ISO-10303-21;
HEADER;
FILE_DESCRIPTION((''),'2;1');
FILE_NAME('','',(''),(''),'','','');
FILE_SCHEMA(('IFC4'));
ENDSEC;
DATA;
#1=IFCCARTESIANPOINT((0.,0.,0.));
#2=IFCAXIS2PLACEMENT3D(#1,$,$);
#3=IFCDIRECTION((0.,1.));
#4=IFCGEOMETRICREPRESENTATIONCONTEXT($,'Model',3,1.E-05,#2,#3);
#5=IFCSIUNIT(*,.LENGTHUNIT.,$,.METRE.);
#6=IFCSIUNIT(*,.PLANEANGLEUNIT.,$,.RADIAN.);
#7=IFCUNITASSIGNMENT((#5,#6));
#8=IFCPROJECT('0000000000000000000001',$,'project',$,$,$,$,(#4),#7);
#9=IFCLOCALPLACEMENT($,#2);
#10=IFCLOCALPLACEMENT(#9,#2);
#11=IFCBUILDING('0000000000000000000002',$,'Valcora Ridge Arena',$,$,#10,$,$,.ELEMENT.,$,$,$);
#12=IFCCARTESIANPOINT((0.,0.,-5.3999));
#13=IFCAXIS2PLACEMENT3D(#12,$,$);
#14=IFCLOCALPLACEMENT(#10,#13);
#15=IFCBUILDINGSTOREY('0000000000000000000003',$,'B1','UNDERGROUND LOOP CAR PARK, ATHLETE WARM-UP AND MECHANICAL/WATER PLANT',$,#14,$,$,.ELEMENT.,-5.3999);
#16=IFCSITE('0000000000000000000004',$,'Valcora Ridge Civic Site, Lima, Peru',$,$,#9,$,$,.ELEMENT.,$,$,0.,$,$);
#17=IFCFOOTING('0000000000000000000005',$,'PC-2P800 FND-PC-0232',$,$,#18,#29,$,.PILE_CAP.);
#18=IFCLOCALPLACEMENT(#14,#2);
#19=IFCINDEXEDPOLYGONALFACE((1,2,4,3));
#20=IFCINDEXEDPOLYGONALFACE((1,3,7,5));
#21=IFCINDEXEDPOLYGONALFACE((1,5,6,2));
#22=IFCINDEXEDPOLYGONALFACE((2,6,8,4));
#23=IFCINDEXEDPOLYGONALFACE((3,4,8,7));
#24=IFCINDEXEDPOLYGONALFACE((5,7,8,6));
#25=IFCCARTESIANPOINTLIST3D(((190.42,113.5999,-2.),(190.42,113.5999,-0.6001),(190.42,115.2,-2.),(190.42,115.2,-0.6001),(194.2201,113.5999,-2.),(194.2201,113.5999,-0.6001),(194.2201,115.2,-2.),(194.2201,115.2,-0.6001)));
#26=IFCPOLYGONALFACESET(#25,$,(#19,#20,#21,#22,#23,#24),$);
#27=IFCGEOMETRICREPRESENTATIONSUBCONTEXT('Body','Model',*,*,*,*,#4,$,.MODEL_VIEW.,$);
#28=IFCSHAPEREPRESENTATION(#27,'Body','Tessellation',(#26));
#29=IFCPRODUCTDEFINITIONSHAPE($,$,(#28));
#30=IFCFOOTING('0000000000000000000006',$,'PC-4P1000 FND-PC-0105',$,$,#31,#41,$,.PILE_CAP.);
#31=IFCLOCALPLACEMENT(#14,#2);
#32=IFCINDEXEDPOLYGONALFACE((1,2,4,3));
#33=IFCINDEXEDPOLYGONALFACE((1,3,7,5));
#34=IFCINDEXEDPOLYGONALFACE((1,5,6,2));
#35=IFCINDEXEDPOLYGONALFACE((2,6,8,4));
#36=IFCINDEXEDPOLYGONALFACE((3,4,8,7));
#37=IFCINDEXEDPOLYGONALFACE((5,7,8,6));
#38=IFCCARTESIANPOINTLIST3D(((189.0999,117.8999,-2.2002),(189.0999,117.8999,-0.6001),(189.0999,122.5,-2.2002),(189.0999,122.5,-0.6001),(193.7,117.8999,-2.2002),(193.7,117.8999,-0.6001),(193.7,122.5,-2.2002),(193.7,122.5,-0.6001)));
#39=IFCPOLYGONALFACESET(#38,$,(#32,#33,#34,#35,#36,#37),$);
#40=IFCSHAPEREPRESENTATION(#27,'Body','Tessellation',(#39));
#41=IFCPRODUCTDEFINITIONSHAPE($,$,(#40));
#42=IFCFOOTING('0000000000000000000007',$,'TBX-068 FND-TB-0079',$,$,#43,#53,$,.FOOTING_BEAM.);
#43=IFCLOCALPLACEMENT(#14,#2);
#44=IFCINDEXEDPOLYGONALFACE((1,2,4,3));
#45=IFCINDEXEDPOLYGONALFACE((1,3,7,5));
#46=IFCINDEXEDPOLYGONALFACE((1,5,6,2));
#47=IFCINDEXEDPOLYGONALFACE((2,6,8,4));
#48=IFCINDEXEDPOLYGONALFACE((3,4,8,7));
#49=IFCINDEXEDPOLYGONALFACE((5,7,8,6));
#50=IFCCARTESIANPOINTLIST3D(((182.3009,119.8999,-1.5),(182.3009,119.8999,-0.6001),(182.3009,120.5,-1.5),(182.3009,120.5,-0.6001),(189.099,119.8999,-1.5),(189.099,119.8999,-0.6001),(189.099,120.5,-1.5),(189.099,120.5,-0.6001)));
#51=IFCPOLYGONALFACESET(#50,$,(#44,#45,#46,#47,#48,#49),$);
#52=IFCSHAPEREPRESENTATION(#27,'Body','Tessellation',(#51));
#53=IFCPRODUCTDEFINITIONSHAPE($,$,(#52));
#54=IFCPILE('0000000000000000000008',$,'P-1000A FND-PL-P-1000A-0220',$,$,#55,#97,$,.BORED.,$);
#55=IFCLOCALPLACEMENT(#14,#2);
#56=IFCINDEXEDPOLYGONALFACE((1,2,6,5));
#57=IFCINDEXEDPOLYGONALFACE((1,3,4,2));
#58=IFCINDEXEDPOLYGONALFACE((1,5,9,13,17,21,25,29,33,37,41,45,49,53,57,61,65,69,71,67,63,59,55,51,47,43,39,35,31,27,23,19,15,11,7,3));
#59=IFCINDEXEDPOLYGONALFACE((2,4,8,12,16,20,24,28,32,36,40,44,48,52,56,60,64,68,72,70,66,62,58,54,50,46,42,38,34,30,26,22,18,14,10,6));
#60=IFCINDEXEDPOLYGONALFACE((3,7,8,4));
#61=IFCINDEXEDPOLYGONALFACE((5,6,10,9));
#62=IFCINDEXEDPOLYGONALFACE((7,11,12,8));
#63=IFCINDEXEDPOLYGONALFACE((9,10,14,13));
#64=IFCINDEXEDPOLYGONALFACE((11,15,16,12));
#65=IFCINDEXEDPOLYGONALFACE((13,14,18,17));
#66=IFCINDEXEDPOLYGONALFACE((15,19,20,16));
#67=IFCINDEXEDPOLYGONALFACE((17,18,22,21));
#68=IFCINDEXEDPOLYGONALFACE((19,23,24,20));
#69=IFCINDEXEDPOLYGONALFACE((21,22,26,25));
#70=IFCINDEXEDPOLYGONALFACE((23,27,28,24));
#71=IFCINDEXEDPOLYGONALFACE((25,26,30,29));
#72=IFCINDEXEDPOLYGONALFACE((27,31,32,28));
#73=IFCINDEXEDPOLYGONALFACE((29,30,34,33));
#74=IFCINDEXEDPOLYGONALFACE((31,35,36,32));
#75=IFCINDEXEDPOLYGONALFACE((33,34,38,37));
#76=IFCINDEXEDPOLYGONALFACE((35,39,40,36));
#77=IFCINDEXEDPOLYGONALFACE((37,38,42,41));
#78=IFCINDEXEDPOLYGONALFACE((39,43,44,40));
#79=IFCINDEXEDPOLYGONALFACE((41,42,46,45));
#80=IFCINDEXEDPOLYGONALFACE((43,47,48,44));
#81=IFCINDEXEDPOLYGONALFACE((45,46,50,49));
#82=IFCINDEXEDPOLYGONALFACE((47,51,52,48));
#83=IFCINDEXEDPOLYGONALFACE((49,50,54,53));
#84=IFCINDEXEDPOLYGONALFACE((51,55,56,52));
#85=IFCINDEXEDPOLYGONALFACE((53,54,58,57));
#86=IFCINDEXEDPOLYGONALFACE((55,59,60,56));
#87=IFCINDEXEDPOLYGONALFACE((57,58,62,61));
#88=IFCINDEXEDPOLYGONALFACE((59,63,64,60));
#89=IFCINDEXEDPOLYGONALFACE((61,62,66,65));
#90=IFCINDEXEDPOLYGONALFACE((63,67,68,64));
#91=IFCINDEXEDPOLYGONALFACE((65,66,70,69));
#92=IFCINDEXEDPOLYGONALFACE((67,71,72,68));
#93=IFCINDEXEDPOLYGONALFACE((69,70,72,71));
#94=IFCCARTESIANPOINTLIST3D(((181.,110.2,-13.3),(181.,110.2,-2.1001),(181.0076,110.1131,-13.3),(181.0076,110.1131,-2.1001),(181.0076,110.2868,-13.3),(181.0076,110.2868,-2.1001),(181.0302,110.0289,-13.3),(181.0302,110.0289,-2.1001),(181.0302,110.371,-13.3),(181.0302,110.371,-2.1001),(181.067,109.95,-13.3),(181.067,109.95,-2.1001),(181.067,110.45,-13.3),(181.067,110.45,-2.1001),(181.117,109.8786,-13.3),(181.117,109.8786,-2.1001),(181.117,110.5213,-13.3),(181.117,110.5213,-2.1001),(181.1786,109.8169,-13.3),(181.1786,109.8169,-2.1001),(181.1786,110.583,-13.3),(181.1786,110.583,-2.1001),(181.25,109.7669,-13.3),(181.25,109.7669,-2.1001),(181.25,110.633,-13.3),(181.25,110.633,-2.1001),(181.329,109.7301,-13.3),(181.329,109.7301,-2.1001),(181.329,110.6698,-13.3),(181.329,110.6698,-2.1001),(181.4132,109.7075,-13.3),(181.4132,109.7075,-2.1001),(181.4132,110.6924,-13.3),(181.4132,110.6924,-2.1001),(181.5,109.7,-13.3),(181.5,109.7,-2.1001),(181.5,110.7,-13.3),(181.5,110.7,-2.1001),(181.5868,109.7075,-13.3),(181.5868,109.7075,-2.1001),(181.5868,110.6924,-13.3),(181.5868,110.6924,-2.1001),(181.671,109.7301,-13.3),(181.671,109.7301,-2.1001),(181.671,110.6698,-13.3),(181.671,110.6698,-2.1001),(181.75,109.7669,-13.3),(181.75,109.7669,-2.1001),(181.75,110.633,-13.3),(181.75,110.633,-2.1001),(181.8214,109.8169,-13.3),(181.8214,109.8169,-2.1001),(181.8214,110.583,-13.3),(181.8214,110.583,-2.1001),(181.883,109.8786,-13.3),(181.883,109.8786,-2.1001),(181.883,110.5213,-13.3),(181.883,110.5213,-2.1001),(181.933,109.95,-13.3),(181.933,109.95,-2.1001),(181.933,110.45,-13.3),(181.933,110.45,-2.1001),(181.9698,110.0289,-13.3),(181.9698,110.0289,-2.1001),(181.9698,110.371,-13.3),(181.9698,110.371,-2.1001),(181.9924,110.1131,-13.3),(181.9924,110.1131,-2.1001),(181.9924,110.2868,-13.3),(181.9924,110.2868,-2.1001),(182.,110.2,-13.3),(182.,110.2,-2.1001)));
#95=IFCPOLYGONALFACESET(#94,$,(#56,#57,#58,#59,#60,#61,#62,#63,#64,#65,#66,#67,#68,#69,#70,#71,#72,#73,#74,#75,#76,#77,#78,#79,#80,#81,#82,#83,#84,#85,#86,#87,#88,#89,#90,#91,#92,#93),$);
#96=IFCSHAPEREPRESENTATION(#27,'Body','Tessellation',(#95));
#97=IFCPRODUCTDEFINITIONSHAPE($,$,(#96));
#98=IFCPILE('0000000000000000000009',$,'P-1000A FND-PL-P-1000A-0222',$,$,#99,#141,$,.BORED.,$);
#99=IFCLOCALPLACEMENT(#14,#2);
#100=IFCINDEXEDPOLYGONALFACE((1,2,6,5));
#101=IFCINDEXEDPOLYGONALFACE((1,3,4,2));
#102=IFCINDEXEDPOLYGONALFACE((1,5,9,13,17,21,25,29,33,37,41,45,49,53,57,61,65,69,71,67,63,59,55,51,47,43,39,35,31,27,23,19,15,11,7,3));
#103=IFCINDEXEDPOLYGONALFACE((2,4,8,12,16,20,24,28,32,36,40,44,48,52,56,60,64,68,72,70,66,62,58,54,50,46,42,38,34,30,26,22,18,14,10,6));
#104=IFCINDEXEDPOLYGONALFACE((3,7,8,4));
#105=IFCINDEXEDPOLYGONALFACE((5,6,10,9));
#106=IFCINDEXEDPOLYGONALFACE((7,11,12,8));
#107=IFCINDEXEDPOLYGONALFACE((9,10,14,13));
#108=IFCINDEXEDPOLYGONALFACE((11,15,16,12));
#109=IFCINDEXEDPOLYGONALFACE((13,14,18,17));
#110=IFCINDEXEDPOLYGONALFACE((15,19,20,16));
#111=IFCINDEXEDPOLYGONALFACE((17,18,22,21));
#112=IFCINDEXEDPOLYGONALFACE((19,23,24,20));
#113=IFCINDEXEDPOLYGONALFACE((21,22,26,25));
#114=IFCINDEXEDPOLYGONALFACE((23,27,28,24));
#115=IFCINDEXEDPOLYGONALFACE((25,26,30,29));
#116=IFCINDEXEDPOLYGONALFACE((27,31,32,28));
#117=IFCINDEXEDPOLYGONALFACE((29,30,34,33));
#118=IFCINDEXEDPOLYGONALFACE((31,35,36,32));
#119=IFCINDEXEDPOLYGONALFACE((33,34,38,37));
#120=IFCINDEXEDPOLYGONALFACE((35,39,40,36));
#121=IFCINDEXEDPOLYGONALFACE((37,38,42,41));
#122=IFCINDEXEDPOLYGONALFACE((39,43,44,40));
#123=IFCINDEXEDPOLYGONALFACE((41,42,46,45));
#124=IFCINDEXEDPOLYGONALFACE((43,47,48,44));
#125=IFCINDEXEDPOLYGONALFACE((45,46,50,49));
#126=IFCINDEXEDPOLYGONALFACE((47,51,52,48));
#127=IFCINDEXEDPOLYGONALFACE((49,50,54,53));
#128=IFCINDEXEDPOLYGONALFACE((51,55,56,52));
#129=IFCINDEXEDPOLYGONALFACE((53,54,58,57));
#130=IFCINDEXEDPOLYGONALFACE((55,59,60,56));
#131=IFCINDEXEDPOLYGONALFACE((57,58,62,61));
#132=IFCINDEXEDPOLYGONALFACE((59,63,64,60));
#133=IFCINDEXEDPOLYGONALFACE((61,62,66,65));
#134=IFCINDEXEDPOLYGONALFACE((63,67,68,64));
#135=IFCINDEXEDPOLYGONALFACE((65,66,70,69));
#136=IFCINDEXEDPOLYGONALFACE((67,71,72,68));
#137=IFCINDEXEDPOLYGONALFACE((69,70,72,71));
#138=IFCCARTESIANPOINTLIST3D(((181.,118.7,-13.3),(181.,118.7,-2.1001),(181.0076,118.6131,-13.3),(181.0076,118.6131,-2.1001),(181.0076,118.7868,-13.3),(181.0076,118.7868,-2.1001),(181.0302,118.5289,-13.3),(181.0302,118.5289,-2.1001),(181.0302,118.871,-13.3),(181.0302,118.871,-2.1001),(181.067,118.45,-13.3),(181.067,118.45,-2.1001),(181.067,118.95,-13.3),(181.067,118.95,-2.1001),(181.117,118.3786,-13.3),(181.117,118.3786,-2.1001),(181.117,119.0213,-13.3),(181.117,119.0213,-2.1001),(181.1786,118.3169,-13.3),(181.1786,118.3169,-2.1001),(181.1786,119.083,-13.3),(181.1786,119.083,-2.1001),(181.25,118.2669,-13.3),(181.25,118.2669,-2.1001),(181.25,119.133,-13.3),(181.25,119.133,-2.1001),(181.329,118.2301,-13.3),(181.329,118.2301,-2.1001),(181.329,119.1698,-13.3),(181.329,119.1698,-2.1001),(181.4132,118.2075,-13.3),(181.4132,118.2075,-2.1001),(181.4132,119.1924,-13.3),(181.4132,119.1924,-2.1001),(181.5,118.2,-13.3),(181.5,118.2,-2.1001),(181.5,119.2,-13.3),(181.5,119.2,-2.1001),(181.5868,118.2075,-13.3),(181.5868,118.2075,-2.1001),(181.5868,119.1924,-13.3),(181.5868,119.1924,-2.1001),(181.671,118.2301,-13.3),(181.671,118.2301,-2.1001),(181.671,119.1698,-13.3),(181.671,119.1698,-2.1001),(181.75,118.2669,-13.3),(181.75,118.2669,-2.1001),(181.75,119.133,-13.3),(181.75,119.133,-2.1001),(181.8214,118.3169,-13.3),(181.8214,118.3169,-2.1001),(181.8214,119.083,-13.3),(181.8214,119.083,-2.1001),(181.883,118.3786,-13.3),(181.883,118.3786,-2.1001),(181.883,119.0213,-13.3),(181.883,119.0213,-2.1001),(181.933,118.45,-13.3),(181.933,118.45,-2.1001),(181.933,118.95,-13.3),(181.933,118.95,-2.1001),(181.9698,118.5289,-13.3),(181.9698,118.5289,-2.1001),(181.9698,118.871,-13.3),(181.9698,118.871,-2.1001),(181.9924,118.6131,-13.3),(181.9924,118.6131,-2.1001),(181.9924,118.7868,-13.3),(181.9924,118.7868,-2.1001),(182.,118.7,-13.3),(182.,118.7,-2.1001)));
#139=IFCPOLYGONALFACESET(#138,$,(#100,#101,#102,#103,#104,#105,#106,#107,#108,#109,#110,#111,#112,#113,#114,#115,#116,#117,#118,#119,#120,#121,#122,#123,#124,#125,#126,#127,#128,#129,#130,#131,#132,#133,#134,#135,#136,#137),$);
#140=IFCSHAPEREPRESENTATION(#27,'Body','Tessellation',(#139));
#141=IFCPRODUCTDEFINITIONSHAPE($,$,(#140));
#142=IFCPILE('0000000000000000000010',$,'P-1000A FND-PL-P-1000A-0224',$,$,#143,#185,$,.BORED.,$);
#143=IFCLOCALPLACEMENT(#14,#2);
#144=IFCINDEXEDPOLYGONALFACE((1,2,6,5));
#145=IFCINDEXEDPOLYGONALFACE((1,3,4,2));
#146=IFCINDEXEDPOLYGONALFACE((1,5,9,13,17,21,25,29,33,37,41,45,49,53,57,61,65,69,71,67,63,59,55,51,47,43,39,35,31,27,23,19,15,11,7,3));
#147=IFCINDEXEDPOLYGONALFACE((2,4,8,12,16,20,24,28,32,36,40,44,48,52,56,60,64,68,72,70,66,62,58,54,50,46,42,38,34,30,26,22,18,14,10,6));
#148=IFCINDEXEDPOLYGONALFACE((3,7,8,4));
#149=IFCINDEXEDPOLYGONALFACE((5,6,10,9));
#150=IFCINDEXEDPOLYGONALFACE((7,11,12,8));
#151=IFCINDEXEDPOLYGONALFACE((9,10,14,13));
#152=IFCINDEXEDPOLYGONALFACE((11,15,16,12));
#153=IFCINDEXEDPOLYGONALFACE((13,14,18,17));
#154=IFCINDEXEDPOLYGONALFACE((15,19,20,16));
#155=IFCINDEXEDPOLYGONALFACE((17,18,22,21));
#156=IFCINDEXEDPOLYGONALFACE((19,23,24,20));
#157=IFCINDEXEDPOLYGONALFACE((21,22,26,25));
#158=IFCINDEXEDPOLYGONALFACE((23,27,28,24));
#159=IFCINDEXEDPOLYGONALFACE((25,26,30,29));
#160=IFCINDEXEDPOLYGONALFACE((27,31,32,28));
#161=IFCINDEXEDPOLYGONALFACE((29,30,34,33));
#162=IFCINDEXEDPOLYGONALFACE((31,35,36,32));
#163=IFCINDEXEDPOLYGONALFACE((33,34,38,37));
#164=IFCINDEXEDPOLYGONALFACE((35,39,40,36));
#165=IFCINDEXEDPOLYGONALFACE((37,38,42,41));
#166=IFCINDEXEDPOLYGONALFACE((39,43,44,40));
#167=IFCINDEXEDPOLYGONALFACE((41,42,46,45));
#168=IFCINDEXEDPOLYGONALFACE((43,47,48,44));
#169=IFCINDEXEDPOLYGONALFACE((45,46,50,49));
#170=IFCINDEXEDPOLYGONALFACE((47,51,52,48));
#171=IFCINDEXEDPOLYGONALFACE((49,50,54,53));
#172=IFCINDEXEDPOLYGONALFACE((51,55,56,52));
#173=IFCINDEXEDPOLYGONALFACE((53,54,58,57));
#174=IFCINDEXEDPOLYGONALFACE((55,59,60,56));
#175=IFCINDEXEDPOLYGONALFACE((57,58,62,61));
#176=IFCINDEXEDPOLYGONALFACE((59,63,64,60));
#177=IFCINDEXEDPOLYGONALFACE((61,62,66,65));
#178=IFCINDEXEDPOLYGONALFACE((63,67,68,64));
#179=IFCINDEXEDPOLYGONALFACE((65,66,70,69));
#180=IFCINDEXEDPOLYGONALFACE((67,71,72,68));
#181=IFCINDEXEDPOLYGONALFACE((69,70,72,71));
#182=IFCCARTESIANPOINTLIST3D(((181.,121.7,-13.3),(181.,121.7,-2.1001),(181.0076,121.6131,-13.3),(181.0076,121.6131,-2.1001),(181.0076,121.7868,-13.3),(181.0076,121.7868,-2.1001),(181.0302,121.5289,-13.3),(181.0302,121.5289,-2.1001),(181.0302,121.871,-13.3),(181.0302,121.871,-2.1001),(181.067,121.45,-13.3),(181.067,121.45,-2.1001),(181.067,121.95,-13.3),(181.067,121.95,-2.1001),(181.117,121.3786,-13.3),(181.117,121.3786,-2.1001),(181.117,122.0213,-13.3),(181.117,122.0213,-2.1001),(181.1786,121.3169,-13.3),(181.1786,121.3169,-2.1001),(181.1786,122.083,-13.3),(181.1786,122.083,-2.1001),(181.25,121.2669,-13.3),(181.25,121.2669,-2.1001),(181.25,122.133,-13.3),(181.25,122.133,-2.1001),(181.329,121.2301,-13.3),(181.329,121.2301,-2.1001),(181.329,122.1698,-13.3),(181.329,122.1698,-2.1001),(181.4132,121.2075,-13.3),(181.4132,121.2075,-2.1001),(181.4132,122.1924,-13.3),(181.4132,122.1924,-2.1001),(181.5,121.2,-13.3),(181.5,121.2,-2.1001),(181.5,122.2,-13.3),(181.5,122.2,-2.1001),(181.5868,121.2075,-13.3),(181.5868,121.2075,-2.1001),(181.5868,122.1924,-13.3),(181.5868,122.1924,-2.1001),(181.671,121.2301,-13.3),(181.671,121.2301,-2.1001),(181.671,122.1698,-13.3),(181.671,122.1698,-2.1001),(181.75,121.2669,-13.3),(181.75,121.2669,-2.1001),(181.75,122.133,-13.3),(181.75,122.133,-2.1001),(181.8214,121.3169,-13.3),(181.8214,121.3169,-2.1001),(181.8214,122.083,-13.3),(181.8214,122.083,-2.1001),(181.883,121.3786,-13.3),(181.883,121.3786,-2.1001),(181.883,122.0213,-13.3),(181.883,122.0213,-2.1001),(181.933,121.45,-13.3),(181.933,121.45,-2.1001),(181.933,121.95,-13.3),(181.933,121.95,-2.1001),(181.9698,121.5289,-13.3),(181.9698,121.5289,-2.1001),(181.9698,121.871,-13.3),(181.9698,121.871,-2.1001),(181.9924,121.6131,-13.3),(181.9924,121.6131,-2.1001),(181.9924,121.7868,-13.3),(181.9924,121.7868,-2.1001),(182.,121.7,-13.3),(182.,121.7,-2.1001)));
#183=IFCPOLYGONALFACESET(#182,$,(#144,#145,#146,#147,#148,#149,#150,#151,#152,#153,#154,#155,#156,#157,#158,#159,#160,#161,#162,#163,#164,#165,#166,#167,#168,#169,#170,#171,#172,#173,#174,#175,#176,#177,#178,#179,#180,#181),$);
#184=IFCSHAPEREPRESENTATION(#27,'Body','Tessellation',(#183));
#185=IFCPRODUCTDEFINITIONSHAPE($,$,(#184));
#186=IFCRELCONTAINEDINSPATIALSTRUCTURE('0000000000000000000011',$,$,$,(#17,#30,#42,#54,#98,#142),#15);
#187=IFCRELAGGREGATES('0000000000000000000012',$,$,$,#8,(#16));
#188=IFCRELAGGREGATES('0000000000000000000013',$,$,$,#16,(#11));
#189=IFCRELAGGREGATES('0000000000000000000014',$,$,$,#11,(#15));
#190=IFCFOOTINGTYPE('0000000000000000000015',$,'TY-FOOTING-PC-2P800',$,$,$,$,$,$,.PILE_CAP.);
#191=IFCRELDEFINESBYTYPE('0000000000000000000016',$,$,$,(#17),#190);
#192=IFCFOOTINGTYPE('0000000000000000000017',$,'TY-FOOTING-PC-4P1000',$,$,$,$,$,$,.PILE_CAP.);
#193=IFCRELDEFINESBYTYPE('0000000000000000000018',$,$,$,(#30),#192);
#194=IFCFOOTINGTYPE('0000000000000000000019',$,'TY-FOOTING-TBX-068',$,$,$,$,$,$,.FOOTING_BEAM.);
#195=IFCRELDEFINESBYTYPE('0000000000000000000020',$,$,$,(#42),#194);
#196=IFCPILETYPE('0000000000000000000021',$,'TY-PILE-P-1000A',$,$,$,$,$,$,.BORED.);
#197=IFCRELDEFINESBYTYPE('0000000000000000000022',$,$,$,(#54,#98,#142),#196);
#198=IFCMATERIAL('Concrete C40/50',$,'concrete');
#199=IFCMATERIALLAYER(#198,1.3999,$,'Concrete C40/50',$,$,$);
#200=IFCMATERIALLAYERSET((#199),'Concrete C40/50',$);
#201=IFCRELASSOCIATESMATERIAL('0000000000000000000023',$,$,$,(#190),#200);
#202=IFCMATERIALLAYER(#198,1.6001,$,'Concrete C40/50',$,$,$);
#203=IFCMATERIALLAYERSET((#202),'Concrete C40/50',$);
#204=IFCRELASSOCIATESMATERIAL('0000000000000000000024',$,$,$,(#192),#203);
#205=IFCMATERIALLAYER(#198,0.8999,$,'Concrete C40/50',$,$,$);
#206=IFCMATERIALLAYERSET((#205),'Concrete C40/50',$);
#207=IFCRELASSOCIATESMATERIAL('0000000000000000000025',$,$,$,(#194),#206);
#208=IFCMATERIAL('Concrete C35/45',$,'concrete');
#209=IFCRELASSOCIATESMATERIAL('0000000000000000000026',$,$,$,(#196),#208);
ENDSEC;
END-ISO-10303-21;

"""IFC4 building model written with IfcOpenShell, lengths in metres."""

from ifc_helpers import new_model, si_unit, direction, frame, origin, origin_2d, place, context, subcontext, project, spatial, rectangle, circle, extrude, material, layer, layer_set, material_profile, profile_set, type_object, element, save


model = new_model("IFC4")

# Units and contexts
model_context = context("Model", 3, precision=1e-05, world=origin(), true_north=direction((0.0, 1.0)))
body_context = subcontext(model_context, "Body", "Model", "MODEL_VIEW")
ifc_project = project(units=[si_unit("LENGTHUNIT", "METRE"), si_unit("PLANEANGLEUNIT", "RADIAN")], contexts=[model_context])

# Site, building, storey
site_placement = place(None, origin())
site = spatial("IfcSite", under=ifc_project, at=site_placement, Name="Valcora Ridge Civic Site, Lima, Peru", CompositionType="ELEMENT", RefElevation=0.0)
building_placement = place(site_placement, origin())
building = spatial("IfcBuilding", under=site, at=building_placement, Name="Valcora Ridge Arena", CompositionType="ELEMENT")
storey_placement = place(building_placement, frame((0.0, 0.0, -5.3999)))
storey = spatial("IfcBuildingStorey", under=building, at=storey_placement, Name="B1", Description="UNDERGROUND LOOP CAR PARK, ATHLETE WARM-UP AND MECHANICAL/WATER PLANT", CompositionType="ELEMENT", Elevation=-5.3999)

# Footings
ifc_material_1 = material(Name="Concrete C40/50", Category="concrete")
ifc_layer_1 = layer(ifc_material_1, 1.3999, Name="Concrete C40/50")
ifc_layer_set_1 = layer_set([ifc_layer_1], Name="Concrete C40/50")
footing_type_1 = type_object("IfcFootingType", Name="TY-FOOTING-PC-2P800", PredefinedType="PILE_CAP", material=ifc_layer_set_1)
footing_1_placement = place(storey_placement, frame((192.3201, 114.3999, -2.0), z_axis=(0.0, 0.0, 1.0), x_axis=(1.0, 0.0, 0.0)))
element("IfcFooting", 1, at=footing_1_placement, inside=storey, type_object=footing_type_1, Name="PC-2P800 FND-PC-0232", PredefinedType="PILE_CAP", context=body_context, shape_type="SweptSolid", body=[
    extrude(rectangle(XDim=3.8, YDim=1.6001, at=origin_2d()), origin(), (0.0, 0.0, 1.0), 1.3999),
])
ifc_layer_2 = layer(ifc_material_1, 1.6001, Name="Concrete C40/50")
ifc_layer_set_2 = layer_set([ifc_layer_2], Name="Concrete C40/50")
footing_type_2 = type_object("IfcFootingType", Name="TY-FOOTING-PC-4P1000", PredefinedType="PILE_CAP", material=ifc_layer_set_2)
footing_2_placement = place(storey_placement, frame((191.3999, 120.2, -2.2002), z_axis=(0.0, 0.0, 1.0), x_axis=(1.0, 0.0, 0.0)))
element("IfcFooting", 2, at=footing_2_placement, inside=storey, type_object=footing_type_2, Name="PC-4P1000 FND-PC-0105", PredefinedType="PILE_CAP", context=body_context, shape_type="SweptSolid", body=[
    extrude(rectangle(XDim=4.6001, YDim=4.6001, at=origin_2d()), origin(), (0.0, 0.0, 1.0), 1.6001),
])
ifc_layer_3 = layer(ifc_material_1, 0.8999, Name="Concrete C40/50")
ifc_layer_set_3 = layer_set([ifc_layer_3], Name="Concrete C40/50")
footing_type_3 = type_object("IfcFootingType", Name="TY-FOOTING-TBX-068", PredefinedType="FOOTING_BEAM", material=ifc_layer_set_3)
footing_3_placement = place(storey_placement, frame((185.7, 120.2, -1.5), z_axis=(0.0, 0.0, 1.0), x_axis=(1.0, 0.0, 0.0)))
element("IfcFooting", 3, at=footing_3_placement, inside=storey, type_object=footing_type_3, Name="TBX-068 FND-TB-0079", PredefinedType="FOOTING_BEAM", context=body_context, shape_type="SweptSolid", body=[
    extrude(rectangle(XDim=6.7981, YDim=0.6001, at=origin_2d()), origin(), (0.0, 0.0, 1.0), 0.8999),
])

# Piles
ifc_material_2 = material(Name="Concrete C35/45", Category="concrete")
ifc_material_profile_1 = material_profile(ifc_material_2, circle(Radius=0.5, at=origin_2d()), Name="BORED PILE D1000")
ifc_profile_set_1 = profile_set([ifc_material_profile_1], Name="Concrete C35/45")
pile_type_1 = type_object("IfcPileType", Name="TY-PILE-P-1000A", PredefinedType="BORED", material=ifc_profile_set_1)
for number, where, z_axis, x_axis, name in (
    (4, (181.5, 110.2, -2.1001), (0.0, 0.0, -1.0), (1.0, 0.0, 0.0), "P-1000A FND-PL-P-1000A-0220"),
    (5, (181.5, 118.7, -2.1001), (0.0, 0.0, -1.0), (1.0, 0.0, 0.0), "P-1000A FND-PL-P-1000A-0222"),
    (6, (181.5, 121.7, -2.1001), (0.0, 0.0, -1.0), (1.0, 0.0, 0.0), "P-1000A FND-PL-P-1000A-0224"),
):
    element("IfcPile", number, at=place(storey_placement, frame(where, z_axis=z_axis, x_axis=x_axis)), inside=storey, type_object=pile_type_1, Name=name, PredefinedType="BORED", context=body_context, shape_type="SweptSolid", body=[
        extrude(circle(Radius=0.5, at=origin_2d()), origin(), (0.0, 0.0, 1.0), 11.2),
    ])

save(model, "model.ifc")
